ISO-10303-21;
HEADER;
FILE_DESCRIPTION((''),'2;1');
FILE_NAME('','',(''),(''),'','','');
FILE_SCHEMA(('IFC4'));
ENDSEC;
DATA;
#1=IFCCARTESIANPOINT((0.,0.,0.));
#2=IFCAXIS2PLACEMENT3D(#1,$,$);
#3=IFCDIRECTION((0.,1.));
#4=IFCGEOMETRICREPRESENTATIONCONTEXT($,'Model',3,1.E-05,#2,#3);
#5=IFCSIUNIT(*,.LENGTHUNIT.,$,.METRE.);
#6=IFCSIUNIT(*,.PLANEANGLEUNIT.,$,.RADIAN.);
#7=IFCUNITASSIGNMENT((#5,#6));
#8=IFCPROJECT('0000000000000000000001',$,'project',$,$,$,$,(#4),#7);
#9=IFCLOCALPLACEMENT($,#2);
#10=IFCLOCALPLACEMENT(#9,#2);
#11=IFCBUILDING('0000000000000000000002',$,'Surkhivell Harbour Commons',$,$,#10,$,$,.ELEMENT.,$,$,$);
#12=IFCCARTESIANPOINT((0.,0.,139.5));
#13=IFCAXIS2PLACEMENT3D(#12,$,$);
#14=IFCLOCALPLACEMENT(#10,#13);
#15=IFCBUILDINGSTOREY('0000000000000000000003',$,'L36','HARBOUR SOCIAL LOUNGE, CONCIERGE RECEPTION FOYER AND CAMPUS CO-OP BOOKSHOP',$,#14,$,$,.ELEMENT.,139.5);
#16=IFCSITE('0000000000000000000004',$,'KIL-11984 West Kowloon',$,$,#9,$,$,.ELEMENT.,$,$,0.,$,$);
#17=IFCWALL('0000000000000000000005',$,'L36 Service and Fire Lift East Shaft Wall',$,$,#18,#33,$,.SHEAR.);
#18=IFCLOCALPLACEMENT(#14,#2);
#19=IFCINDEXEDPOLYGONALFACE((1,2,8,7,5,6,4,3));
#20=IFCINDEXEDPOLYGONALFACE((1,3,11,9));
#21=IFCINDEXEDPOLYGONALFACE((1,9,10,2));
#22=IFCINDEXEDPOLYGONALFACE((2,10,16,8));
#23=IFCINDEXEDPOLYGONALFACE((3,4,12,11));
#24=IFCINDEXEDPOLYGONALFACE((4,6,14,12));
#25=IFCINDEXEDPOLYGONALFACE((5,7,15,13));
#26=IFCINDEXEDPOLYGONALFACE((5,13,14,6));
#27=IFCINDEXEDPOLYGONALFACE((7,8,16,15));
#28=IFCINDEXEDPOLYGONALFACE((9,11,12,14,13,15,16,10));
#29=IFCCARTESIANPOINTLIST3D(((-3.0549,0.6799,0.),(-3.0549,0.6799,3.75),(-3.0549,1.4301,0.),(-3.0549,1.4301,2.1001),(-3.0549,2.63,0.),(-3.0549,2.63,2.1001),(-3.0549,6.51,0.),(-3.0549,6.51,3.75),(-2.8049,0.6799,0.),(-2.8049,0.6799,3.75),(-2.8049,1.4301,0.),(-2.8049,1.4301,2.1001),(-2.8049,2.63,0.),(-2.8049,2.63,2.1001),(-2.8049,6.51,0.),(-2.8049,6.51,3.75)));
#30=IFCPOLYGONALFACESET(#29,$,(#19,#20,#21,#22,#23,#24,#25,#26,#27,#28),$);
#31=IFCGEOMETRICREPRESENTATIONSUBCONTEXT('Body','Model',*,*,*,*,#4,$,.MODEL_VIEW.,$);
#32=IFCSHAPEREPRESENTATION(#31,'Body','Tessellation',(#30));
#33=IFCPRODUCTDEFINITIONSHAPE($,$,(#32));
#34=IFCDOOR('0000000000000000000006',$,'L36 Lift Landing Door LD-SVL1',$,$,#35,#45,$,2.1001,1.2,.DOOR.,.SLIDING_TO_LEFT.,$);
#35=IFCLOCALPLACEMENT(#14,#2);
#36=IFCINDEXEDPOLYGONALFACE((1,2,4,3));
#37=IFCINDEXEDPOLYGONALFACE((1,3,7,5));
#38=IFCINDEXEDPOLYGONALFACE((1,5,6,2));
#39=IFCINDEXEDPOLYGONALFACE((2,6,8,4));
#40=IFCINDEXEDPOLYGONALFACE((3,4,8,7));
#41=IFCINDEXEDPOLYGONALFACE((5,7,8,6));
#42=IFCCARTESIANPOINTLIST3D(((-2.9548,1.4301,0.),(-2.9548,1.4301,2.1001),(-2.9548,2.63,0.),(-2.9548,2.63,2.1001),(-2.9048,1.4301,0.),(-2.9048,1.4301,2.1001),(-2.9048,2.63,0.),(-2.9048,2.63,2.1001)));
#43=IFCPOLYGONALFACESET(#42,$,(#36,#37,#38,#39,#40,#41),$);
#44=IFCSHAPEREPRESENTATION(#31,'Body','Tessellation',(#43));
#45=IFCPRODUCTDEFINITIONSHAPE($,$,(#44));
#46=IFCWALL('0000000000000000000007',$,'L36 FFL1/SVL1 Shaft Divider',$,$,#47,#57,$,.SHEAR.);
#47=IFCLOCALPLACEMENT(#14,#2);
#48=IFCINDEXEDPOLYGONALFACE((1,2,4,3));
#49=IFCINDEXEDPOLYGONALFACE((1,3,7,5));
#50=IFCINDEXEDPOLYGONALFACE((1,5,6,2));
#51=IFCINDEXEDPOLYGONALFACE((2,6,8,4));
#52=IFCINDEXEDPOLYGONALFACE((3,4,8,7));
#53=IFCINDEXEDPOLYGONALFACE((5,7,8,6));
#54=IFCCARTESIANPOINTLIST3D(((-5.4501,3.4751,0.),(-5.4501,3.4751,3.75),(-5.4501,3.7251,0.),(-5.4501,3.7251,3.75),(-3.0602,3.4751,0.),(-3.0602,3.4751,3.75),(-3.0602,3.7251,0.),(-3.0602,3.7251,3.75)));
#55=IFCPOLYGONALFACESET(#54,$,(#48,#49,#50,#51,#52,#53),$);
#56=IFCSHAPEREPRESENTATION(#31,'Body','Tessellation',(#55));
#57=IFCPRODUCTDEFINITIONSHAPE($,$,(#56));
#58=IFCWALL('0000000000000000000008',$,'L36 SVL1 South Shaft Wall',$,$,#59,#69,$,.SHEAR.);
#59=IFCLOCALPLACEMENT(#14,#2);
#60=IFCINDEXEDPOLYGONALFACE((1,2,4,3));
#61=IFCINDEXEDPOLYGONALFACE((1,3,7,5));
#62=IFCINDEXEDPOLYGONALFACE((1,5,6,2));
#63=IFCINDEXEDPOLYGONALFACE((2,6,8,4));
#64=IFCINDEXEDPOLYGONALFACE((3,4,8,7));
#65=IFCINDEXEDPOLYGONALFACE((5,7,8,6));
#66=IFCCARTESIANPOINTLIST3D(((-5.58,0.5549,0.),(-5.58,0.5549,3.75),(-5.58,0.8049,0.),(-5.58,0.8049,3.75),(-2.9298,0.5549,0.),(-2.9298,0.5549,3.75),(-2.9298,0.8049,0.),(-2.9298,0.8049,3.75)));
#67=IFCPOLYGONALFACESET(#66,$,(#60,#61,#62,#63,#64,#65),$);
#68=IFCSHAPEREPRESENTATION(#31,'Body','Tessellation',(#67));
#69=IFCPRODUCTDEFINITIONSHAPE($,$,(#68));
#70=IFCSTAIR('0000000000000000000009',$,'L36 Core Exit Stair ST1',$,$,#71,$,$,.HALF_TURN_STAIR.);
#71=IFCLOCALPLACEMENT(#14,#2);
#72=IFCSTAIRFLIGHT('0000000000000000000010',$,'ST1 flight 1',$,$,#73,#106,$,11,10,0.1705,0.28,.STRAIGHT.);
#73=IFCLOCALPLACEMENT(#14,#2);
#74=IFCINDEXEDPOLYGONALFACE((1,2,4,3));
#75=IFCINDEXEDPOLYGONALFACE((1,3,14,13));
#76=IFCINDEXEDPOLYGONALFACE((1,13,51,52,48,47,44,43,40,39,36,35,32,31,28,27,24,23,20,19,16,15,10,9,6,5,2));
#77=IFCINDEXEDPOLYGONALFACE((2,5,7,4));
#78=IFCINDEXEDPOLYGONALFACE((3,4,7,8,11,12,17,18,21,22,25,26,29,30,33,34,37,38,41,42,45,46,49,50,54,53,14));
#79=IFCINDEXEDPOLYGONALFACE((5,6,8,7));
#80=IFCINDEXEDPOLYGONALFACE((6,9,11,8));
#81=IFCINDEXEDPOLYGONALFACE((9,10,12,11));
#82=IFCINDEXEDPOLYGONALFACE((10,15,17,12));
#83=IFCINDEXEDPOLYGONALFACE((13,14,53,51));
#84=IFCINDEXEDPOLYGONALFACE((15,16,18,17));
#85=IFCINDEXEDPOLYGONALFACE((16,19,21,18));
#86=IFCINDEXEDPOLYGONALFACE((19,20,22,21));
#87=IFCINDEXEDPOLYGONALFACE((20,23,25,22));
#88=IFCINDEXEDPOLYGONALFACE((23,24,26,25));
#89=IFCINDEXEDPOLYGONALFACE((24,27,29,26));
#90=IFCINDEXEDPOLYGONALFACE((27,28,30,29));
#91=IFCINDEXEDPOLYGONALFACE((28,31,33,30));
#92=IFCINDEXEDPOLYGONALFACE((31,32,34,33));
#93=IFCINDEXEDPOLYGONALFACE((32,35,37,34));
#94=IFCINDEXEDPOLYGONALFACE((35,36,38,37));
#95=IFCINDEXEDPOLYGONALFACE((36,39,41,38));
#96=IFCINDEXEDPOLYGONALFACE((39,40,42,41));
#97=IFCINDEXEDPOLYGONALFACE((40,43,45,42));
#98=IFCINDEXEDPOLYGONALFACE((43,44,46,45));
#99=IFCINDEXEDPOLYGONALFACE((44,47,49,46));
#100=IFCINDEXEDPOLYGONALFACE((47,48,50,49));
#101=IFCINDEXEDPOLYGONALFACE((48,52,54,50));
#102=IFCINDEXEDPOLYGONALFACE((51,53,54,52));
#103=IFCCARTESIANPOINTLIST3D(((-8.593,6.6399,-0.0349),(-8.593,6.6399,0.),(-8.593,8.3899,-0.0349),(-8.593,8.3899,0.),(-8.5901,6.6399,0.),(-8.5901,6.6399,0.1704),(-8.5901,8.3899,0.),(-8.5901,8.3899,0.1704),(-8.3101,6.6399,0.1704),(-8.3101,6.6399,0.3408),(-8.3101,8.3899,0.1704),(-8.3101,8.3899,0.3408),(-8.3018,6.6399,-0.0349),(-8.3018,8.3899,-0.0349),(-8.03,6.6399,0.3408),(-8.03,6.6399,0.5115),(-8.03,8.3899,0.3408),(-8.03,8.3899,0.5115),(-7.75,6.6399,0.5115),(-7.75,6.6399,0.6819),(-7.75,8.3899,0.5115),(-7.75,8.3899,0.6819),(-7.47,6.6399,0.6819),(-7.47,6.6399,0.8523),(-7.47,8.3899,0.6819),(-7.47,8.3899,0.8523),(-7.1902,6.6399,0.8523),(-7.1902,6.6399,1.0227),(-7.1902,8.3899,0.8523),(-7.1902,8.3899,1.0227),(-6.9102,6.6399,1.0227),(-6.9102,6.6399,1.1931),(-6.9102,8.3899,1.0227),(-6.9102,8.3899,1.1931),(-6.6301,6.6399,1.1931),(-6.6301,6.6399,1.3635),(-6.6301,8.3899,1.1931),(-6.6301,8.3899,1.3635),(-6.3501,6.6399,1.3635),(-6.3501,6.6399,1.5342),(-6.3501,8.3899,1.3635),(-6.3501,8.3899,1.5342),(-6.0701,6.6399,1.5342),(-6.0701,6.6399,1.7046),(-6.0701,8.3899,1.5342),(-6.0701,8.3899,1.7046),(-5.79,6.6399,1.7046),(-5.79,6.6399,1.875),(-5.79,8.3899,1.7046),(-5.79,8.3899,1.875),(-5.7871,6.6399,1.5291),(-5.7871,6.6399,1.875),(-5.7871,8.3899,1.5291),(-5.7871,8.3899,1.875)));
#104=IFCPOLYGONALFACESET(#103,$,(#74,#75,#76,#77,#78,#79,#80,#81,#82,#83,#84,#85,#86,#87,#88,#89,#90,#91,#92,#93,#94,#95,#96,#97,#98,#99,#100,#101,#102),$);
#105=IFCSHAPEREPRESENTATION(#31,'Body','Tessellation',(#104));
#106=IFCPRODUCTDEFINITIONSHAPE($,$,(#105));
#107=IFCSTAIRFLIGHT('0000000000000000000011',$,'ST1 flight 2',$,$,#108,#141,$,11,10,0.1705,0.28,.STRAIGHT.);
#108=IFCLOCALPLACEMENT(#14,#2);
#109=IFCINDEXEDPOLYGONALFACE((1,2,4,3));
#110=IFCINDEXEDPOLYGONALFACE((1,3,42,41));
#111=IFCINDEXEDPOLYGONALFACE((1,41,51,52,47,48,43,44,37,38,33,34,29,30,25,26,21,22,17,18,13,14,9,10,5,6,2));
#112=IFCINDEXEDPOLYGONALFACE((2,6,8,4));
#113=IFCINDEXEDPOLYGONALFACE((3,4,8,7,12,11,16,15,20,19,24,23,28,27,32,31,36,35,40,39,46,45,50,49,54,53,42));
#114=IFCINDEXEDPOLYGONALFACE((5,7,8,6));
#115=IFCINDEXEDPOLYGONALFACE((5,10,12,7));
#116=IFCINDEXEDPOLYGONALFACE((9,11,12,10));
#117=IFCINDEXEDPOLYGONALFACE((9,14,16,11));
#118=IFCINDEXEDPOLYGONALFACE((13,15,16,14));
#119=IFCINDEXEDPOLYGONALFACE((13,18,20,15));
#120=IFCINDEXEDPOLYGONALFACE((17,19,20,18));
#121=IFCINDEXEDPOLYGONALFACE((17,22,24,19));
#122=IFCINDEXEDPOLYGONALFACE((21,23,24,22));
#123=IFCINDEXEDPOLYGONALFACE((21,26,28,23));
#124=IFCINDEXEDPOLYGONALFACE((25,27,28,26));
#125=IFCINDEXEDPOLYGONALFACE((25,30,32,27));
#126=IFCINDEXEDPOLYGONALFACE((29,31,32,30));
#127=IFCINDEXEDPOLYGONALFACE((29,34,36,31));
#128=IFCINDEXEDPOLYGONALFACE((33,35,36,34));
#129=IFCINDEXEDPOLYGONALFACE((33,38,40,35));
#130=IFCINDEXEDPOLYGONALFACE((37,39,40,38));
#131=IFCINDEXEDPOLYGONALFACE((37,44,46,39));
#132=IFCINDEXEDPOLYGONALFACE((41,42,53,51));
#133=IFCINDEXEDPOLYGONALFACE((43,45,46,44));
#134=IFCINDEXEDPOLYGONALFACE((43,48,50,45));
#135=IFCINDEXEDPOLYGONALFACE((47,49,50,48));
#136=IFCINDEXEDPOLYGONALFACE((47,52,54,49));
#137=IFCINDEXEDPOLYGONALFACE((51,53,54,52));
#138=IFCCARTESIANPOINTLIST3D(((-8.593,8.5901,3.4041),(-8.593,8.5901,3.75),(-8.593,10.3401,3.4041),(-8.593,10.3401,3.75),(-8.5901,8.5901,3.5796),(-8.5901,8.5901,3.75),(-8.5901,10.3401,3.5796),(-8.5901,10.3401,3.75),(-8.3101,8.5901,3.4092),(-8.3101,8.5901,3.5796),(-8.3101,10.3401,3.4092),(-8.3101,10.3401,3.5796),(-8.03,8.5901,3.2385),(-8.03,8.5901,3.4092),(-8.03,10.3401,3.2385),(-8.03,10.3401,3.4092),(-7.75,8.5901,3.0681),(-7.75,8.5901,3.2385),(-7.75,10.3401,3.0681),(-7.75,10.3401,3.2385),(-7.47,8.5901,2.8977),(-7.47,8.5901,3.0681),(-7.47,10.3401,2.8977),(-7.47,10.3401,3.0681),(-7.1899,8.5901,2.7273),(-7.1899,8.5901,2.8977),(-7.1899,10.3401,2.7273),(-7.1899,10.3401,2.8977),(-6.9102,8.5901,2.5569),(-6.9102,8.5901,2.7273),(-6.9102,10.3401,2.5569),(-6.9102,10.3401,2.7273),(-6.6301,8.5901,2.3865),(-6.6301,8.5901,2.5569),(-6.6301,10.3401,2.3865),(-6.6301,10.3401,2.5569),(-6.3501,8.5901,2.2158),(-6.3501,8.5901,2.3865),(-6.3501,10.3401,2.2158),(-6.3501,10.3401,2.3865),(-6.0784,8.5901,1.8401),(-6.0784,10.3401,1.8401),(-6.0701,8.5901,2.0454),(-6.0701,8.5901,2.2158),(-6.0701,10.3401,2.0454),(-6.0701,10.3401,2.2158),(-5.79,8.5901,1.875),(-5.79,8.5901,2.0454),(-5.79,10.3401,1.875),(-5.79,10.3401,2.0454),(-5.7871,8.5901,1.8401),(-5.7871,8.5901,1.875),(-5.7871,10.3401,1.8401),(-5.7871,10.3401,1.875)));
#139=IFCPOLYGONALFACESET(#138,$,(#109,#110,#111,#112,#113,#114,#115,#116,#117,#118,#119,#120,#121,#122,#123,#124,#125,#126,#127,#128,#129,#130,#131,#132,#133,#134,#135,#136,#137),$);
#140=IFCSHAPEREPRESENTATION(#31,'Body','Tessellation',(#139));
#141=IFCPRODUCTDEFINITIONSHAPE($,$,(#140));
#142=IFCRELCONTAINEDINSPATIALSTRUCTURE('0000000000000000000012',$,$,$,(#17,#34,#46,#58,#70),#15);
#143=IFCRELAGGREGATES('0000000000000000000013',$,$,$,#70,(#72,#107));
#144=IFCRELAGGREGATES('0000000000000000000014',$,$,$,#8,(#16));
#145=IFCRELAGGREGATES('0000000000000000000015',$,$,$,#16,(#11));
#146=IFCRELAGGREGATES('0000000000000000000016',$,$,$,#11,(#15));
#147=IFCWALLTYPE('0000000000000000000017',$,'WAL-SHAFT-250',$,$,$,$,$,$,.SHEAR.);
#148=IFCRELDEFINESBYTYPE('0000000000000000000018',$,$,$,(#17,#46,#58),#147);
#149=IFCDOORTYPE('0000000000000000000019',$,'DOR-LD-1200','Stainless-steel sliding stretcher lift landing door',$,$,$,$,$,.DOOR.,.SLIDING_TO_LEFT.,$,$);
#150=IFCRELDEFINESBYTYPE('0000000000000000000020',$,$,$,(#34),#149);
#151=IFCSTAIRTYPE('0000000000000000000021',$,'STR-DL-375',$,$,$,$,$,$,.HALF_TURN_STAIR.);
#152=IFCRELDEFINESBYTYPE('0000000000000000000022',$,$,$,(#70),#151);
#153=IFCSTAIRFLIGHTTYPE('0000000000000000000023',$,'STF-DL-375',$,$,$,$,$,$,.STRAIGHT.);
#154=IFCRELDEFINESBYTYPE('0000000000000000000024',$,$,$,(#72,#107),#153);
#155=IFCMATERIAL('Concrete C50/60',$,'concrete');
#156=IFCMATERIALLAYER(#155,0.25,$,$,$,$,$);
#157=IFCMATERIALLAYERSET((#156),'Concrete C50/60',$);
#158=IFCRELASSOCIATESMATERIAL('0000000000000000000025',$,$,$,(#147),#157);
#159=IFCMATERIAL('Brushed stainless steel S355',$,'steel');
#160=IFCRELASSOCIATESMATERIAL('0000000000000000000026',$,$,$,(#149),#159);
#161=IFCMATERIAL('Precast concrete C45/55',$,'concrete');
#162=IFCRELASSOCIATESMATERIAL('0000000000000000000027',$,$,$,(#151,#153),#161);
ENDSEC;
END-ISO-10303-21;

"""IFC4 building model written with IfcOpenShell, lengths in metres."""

from ifc_helpers import new_model, si_unit, direction, frame, frame_2d, origin, place, context, subcontext, project, spatial, polyline, rectangle, outline, extrude, material, layer, layer_set, type_object, element, fill, aggregate, save


model = new_model("IFC4")

# Units and contexts
model_context = context("Model", 3, precision=1e-05, world=origin(), true_north=direction((0.0, 1.0)))
body_context = subcontext(model_context, "Body", "Model", "MODEL_VIEW")
ifc_project = project(units=[si_unit("LENGTHUNIT", "METRE"), si_unit("PLANEANGLEUNIT", "RADIAN")], contexts=[model_context])

# Site, building, storey
site_placement = place(None, origin())
site = spatial("IfcSite", under=ifc_project, at=site_placement, Name="KIL-11984 West Kowloon", CompositionType="ELEMENT", RefElevation=0.0)
building_placement = place(site_placement, origin())
building = spatial("IfcBuilding", under=site, at=building_placement, Name="Surkhivell Harbour Commons", CompositionType="ELEMENT")
storey_placement = place(building_placement, frame((0.0, 0.0, 139.5)))
storey = spatial("IfcBuildingStorey", under=building, at=storey_placement, Name="L36", Description="HARBOUR SOCIAL LOUNGE, CONCIERGE RECEPTION FOYER AND CAMPUS CO-OP BOOKSHOP", CompositionType="ELEMENT", Elevation=139.5)

# Wall, opening, door
ifc_material_1 = material(Name="Concrete C50/60", Category="concrete")
ifc_layer_1 = layer(ifc_material_1, 0.25)
ifc_layer_set_1 = layer_set([ifc_layer_1], Name="Concrete C50/60")
wall_type_1 = type_object("IfcWallType", Name="WAL-SHAFT-250", PredefinedType="SHEAR", material=ifc_layer_set_1)
ifc_material_2 = material(Name="Brushed stainless steel S355", Category="steel")
wall_1_placement = place(storey_placement, frame((-2.9299, 0.6799, 0.0), z_axis=(0.0, 0.0, 1.0), x_axis=(0.0, 1.0, 0.0)))
wall_1 = element("IfcWall", 1, at=wall_1_placement, inside=storey, type_object=wall_type_1, Name="L36 Service and Fire Lift East Shaft Wall", PredefinedType="SHEAR", context=body_context, shape_type="SweptSolid", body=[
    extrude(rectangle(XDim=5.8301, YDim=0.25, at=frame_2d((2.915, 0.0))), origin(), (0.0, 0.0, 1.0), 3.75),
])
opening_1_placement = place(wall_1_placement, frame((0.75, 0.0, 0.0)))
opening_1 = element("IfcOpeningElement", 2, at=opening_1_placement, cuts=wall_1, PredefinedType="OPENING", context=body_context, shape_type="SweptSolid", body=[
    extrude(rectangle(XDim=1.2, YDim=2.1001, at=frame_2d((0.6001, 1.05))), frame((0.0, 0.135, 0.0), z_axis=(0.0, -1.0, 0.0), x_axis=(1.0, 0.0, 0.0)), (0.0, 0.0, 1.0), 0.27),
])
door_type_1 = type_object("IfcDoorType", Name="DOR-LD-1200", Description="Stainless-steel sliding stretcher lift landing door", OperationType="SLIDING_TO_LEFT", PredefinedType="DOOR", material=ifc_material_2)
door_1_placement = place(opening_1_placement, origin())
door_1 = element("IfcDoor", 3, at=door_1_placement, inside=storey, type_object=door_type_1, Name="L36 Lift Landing Door LD-SVL1", OperationType="SLIDING_TO_LEFT", OverallHeight=2.1001, OverallWidth=1.2, PredefinedType="DOOR", context=body_context, shape_type="SweptSolid", body=[
    extrude(rectangle(XDim=1.2, YDim=2.1001, at=frame_2d((0.6001, 1.05))), frame((0.0, 0.0249, 0.0), z_axis=(0.0, -1.0, 0.0), x_axis=(1.0, 0.0, 0.0)), (0.0, 0.0, 1.0), 0.05),
])
fill(opening_1, door_1)

# Walls
wall_2_placement = place(storey_placement, frame((-5.45, 3.6001, 0.0), z_axis=(0.0, 0.0, 1.0), x_axis=(1.0, 0.0, 0.0)))
element("IfcWall", 4, at=wall_2_placement, inside=storey, type_object=wall_type_1, Name="L36 FFL1/SVL1 Shaft Divider", PredefinedType="SHEAR", context=body_context, shape_type="SweptSolid", body=[
    extrude(rectangle(XDim=2.3899, YDim=0.25, at=frame_2d((1.1948, 0.0))), origin(), (0.0, 0.0, 1.0), 3.75),
])
wall_3_placement = place(storey_placement, frame((-5.5801, 0.6799, 0.0), z_axis=(0.0, 0.0, 1.0), x_axis=(1.0, 0.0, 0.0)))
element("IfcWall", 5, at=wall_3_placement, inside=storey, type_object=wall_type_1, Name="L36 SVL1 South Shaft Wall", PredefinedType="SHEAR", context=body_context, shape_type="SweptSolid", body=[
    extrude(rectangle(XDim=2.6501, YDim=0.25, at=frame_2d((1.3252, 0.0))), origin(), (0.0, 0.0, 1.0), 3.75),
])

# Stair, stair flights
ifc_material_3 = material(Name="Precast concrete C45/55", Category="concrete")
stair_type = type_object("IfcStairType", Name="STR-DL-375", PredefinedType="HALF_TURN_STAIR", material=ifc_material_3)
stair_placement = place(storey_placement, origin())
stair = element("IfcStair", 6, at=stair_placement, inside=storey, type_object=stair_type, Name="L36 Core Exit Stair ST1", PredefinedType="HALF_TURN_STAIR")
stair_flight_type = type_object("IfcStairFlightType", Name="STF-DL-375", PredefinedType="STRAIGHT", material=ifc_material_3)
stair_flight_1_placement = place(storey_placement, frame((-8.5901, 7.5149, 0.0), z_axis=(0.0, 0.0, 1.0), x_axis=(1.0, 0.0, 0.0)))
stair_flight_1 = element("IfcStairFlight", 7, at=stair_flight_1_placement, type_object=stair_flight_type, Name="ST1 flight 1", NumberOfRisers=11, NumberOfTreads=10, PredefinedType="STRAIGHT", RiserHeight=0.1705, TreadLength=0.28, context=body_context, shape_type="SweptSolid", body=[
    extrude(outline(polyline([(-0.0029, -0.0349), (-0.0029, 0.0), (0.0, 0.0), (0.0, 0.1704), (0.28, 0.1704), (0.28, 0.3408), (0.5601, 0.3408), (0.5601, 0.5115), (0.8401, 0.5115), (0.8401, 0.6819), (1.1201, 0.6819), (1.1201, 0.8523), (1.3999, 0.8523), (1.3999, 1.0227), (1.6799, 1.0227), (1.6799, 1.1931), (1.96, 1.1931), (1.96, 1.3635), (2.24, 1.3635), (2.24, 1.5342), (2.52, 1.5342), (2.52, 1.7046), (2.8, 1.7046), (2.8, 1.875), (2.803, 1.875), (2.803, 1.5291), (0.2883, -0.0349), (-0.0029, -0.0349)])), frame((0.0, 0.875, 0.0), z_axis=(0.0, -1.0, 0.0), x_axis=(1.0, 0.0, 0.0)), (0.0, 0.0, 1.0), 1.75),
])
stair_flight_2_placement = place(storey_placement, frame((-5.79, 9.4651, 1.875), z_axis=(0.0, 0.0, 1.0), x_axis=(-1.0, 0.0, 0.0)))
stair_flight_2 = element("IfcStairFlight", 8, at=stair_flight_2_placement, type_object=stair_flight_type, Name="ST1 flight 2", NumberOfRisers=11, NumberOfTreads=10, PredefinedType="STRAIGHT", RiserHeight=0.1705, TreadLength=0.28, context=body_context, shape_type="SweptSolid", body=[
    extrude(outline(polyline([(-0.0029, -0.0349), (-0.0029, 0.0), (0.0, 0.0), (0.0, 0.1704), (0.28, 0.1704), (0.28, 0.3408), (0.5601, 0.3408), (0.5601, 0.5115), (0.8401, 0.5115), (0.8401, 0.6819), (1.1201, 0.6819), (1.1201, 0.8523), (1.3999, 0.8523), (1.3999, 1.0227), (1.6799, 1.0227), (1.6799, 1.1931), (1.96, 1.1931), (1.96, 1.3635), (2.24, 1.3635), (2.24, 1.5342), (2.52, 1.5342), (2.52, 1.7046), (2.8, 1.7046), (2.8, 1.875), (2.803, 1.875), (2.803, 1.5291), (0.2883, -0.0349), (-0.0029, -0.0349)])), frame((0.0, 0.875, 0.0), z_axis=(0.0, -1.0, 0.0), x_axis=(1.0, 0.0, 0.0)), (0.0, 0.0, 1.0), 1.75),
])
aggregate(stair, [stair_flight_1, stair_flight_2])

save(model, "model.ifc")
